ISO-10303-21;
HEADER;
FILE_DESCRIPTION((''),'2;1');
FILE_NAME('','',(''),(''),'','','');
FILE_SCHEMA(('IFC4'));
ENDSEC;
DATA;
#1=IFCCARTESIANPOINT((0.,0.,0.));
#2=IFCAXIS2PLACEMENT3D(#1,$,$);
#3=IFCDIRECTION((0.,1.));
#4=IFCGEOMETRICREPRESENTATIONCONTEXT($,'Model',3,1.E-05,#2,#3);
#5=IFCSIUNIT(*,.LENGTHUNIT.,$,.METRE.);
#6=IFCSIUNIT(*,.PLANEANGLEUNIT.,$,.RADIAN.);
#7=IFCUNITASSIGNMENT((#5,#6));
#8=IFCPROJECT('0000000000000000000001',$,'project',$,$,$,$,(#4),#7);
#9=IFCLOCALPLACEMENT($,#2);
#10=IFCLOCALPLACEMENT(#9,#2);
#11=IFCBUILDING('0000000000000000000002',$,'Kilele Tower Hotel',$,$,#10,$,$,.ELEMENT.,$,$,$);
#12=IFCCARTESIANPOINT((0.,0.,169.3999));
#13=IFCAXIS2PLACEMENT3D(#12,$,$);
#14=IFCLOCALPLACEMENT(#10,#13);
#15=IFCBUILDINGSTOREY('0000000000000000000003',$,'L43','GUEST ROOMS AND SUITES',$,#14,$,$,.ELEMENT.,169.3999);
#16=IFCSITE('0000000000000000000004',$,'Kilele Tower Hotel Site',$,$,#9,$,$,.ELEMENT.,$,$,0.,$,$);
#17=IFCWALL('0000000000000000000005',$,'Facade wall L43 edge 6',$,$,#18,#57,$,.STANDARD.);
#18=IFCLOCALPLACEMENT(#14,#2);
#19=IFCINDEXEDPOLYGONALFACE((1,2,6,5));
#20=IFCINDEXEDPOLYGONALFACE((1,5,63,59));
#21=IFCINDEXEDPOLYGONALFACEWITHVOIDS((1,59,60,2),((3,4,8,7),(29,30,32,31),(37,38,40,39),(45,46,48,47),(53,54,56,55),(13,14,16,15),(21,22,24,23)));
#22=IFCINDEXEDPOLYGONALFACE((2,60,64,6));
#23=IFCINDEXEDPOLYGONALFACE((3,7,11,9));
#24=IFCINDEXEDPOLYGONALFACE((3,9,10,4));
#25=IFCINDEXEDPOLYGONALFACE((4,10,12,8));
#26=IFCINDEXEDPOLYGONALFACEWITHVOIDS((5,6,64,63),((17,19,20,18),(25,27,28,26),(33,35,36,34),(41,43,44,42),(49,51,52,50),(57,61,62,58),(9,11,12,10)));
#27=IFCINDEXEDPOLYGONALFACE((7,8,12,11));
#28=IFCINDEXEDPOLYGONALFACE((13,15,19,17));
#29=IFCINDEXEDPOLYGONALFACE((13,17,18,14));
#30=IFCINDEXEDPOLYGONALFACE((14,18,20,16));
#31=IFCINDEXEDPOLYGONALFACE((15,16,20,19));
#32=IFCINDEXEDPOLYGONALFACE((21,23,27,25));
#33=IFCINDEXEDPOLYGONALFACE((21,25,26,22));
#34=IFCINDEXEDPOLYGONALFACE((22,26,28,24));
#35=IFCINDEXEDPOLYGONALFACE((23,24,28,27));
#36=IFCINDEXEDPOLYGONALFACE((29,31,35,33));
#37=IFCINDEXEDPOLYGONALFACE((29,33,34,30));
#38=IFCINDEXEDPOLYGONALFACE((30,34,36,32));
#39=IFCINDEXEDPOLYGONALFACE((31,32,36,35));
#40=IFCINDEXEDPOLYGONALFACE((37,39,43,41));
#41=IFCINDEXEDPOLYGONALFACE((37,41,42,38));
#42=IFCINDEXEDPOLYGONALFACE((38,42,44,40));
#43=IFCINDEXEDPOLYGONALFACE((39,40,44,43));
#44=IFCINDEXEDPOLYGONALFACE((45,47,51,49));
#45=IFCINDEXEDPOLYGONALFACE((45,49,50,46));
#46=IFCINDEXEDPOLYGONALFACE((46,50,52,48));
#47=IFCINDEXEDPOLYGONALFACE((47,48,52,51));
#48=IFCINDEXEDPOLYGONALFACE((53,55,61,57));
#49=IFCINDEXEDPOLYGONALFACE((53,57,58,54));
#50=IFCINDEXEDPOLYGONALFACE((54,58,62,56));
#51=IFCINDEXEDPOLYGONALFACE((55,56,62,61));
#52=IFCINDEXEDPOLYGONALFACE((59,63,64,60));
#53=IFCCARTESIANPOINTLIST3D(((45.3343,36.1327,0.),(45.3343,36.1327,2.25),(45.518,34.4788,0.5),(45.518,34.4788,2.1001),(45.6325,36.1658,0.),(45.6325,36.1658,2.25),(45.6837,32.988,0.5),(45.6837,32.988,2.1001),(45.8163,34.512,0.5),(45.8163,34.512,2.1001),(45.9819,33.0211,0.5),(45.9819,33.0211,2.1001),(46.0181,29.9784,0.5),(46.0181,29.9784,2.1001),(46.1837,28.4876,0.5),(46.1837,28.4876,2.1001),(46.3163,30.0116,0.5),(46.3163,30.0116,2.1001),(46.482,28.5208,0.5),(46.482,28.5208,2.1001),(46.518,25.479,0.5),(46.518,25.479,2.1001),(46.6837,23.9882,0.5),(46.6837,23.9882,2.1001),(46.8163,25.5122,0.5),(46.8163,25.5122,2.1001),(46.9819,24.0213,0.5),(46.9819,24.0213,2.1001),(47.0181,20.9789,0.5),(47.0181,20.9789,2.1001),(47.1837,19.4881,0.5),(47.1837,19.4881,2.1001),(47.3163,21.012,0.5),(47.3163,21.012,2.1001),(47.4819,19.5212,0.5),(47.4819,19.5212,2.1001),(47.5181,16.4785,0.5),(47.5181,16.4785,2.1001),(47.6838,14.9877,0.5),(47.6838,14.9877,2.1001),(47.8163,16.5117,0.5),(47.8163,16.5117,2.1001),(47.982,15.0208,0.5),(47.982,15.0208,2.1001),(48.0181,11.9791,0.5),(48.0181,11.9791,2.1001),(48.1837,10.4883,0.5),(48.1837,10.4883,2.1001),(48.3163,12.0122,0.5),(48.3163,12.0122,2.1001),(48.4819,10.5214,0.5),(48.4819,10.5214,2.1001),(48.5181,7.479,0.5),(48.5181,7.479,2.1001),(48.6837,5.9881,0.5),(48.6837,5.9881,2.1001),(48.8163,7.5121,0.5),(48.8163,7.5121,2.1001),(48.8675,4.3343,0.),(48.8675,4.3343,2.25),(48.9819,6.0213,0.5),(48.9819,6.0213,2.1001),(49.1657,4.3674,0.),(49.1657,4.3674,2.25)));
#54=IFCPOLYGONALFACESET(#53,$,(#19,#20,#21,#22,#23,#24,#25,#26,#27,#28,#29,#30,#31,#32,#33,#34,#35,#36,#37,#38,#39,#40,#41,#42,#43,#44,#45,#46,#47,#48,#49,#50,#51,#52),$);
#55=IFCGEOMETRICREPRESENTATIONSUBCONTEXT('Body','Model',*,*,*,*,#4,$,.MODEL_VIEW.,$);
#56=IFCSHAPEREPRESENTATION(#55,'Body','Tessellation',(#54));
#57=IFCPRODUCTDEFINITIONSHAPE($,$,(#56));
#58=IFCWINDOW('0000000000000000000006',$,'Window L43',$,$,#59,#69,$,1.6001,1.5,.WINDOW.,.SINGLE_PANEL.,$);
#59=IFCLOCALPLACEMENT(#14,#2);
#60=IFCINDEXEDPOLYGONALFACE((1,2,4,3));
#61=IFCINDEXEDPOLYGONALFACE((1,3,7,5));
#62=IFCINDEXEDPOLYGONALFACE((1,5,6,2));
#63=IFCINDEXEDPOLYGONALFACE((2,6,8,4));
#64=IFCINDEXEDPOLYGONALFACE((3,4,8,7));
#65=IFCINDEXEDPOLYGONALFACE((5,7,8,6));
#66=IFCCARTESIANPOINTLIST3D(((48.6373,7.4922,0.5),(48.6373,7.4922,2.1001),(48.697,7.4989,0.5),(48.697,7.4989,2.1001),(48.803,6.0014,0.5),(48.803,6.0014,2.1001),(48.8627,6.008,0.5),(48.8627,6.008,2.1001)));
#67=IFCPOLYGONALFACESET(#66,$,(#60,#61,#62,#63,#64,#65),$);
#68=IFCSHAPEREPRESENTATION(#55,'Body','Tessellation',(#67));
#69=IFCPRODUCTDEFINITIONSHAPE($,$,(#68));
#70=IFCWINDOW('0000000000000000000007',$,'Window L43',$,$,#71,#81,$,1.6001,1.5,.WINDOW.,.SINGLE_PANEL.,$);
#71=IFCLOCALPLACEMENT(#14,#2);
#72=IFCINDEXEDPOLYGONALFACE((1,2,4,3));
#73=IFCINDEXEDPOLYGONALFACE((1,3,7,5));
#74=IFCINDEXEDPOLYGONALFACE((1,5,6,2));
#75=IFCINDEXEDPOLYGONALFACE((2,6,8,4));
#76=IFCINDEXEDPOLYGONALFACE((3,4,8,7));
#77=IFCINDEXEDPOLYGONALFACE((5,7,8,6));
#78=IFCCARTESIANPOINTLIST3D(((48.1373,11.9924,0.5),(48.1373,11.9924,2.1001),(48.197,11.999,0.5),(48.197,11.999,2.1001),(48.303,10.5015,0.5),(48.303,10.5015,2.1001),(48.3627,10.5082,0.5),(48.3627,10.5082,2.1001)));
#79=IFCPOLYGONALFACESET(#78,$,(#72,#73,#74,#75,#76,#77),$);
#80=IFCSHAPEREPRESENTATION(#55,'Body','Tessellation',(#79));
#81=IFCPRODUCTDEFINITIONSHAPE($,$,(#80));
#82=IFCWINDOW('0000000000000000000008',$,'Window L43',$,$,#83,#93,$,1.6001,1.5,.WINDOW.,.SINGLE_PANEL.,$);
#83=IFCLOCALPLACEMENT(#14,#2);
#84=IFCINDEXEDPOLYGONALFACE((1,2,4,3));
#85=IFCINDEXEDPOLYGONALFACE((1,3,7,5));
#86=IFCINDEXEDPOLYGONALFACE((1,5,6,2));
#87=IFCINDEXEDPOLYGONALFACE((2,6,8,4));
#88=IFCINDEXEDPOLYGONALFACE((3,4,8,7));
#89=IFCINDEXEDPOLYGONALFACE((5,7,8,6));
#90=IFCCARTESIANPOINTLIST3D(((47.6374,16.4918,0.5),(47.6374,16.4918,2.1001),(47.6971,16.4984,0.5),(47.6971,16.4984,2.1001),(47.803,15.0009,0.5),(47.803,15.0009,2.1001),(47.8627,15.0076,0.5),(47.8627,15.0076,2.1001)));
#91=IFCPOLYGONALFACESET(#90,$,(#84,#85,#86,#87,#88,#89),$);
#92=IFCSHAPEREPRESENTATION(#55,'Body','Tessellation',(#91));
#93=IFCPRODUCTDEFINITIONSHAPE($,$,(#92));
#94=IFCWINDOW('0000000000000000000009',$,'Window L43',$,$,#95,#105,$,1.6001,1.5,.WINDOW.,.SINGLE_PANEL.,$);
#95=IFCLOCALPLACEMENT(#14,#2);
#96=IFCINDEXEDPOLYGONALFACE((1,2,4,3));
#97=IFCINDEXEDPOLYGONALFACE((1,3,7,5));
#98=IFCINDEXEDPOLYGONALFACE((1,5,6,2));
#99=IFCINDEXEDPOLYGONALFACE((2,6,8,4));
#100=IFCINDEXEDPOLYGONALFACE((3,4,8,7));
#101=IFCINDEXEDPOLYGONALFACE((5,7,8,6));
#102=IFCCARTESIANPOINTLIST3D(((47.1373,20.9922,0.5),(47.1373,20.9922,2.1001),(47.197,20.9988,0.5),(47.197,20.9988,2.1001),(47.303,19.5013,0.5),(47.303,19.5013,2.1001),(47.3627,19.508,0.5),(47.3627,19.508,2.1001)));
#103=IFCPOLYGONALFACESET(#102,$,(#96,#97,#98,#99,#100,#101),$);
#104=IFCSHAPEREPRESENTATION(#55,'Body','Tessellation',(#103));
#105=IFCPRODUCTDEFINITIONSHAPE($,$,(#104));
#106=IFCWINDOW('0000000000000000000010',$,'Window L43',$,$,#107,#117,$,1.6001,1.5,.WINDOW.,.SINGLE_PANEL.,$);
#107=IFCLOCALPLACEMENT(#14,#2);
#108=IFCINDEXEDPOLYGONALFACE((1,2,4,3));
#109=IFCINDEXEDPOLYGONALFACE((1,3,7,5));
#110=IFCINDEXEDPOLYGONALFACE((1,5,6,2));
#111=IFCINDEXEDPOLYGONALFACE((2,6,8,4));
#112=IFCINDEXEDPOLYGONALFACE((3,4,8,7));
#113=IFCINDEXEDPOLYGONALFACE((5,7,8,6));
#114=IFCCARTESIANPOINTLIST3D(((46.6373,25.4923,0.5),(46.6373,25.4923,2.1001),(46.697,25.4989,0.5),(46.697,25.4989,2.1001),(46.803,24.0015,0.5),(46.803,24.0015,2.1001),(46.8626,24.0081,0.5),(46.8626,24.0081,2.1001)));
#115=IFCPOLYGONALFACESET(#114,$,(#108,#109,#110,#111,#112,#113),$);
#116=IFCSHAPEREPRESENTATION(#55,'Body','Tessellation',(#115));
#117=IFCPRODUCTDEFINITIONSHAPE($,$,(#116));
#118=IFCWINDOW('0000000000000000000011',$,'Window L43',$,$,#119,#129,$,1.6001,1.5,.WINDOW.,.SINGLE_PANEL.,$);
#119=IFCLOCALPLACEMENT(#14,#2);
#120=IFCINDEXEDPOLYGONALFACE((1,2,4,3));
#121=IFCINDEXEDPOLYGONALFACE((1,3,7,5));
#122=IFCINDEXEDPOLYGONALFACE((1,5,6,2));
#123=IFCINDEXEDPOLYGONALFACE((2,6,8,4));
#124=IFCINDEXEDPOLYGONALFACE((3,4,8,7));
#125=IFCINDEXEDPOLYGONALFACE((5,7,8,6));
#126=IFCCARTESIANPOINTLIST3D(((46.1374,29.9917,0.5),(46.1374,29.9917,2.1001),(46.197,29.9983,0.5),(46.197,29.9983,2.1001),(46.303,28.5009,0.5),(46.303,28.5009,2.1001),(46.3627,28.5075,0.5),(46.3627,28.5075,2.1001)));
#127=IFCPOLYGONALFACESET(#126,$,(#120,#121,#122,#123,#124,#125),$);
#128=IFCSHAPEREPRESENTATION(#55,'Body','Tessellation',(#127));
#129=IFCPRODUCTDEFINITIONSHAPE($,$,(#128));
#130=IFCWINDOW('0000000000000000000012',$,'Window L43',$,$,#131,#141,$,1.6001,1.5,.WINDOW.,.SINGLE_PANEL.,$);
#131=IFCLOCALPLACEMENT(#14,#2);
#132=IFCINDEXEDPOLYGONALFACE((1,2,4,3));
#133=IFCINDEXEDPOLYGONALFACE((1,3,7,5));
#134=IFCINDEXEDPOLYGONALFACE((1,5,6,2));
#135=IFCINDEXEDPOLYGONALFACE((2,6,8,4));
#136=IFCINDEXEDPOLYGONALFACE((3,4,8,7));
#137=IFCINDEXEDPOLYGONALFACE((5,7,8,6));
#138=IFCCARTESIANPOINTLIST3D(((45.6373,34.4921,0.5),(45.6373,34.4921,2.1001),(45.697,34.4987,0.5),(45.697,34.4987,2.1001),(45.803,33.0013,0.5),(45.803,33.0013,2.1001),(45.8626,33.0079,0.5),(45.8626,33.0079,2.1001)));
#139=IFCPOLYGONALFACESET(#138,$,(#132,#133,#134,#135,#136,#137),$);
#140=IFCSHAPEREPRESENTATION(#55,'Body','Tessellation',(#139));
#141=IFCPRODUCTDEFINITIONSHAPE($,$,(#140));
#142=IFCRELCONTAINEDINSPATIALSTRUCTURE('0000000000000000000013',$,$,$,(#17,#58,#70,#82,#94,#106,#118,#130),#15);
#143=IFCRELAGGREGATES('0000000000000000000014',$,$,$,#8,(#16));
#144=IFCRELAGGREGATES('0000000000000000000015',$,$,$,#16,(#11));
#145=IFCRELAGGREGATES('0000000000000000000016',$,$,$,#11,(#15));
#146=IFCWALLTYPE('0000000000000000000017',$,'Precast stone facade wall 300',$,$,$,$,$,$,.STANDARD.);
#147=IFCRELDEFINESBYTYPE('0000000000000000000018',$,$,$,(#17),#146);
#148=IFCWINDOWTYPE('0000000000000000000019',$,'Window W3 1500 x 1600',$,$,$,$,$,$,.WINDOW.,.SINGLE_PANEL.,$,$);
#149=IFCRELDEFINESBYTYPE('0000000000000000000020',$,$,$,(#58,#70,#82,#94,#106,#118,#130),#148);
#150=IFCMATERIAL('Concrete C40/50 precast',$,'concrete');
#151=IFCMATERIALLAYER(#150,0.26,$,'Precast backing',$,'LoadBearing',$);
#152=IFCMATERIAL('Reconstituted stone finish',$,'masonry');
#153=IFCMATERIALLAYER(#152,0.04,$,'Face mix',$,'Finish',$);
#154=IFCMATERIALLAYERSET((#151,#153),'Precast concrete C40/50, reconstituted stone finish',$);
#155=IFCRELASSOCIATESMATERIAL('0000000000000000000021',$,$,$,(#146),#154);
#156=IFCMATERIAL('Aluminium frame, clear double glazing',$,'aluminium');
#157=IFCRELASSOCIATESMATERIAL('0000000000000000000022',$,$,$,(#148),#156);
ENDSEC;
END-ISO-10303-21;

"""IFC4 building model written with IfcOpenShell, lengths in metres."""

from ifc_helpers import new_model, si_unit, direction, frame, frame_2d, origin, place, context, subcontext, project, spatial, rectangle, extrude, material, layer, layer_set, type_object, element, fill, save


model = new_model("IFC4")

# Units and contexts
model_context = context("Model", 3, precision=1e-05, world=origin(), true_north=direction((0.0, 1.0)))
body_context = subcontext(model_context, "Body", "Model", "MODEL_VIEW")
ifc_project = project(units=[si_unit("LENGTHUNIT", "METRE"), si_unit("PLANEANGLEUNIT", "RADIAN")], contexts=[model_context])

# Site, building, storey
site_placement = place(None, origin())
site = spatial("IfcSite", under=ifc_project, at=site_placement, Name="Kilele Tower Hotel Site", CompositionType="ELEMENT", RefElevation=0.0)
building_placement = place(site_placement, origin())
building = spatial("IfcBuilding", under=site, at=building_placement, Name="Kilele Tower Hotel", CompositionType="ELEMENT")
storey_placement = place(building_placement, frame((0.0, 0.0, 169.3999)))
storey = spatial("IfcBuildingStorey", under=building, at=storey_placement, Name="L43", Description="GUEST ROOMS AND SUITES", CompositionType="ELEMENT", Elevation=169.3999)

# Shared definitions
ifc_material_1 = material(Name="Concrete C40/50 precast", Category="concrete")
ifc_layer_1 = layer(ifc_material_1, 0.26, Name="Precast backing", Category="LoadBearing")
ifc_material_2 = material(Name="Reconstituted stone finish", Category="masonry")
ifc_layer_2 = layer(ifc_material_2, 0.04, Name="Face mix", Category="Finish")
ifc_layer_set_1 = layer_set([ifc_layer_1, ifc_layer_2], Name="Precast concrete C40/50, reconstituted stone finish")
wall_type_1 = type_object("IfcWallType", Name="Precast stone facade wall 300", PredefinedType="STANDARD", material=ifc_layer_set_1)
ifc_material_3 = material(Name="Aluminium frame, clear double glazing", Category="aluminium")
window_type_1 = type_object("IfcWindowType", Name="Window W3 1500 x 1600", PartitioningType="SINGLE_PANEL", PredefinedType="WINDOW", material=ifc_material_3)

# Wall, openings, windows
wall_1_placement = place(storey_placement, frame((49.0166, 4.3508, 0.0), z_axis=(0.0, 0.0, 1.0), x_axis=(-0.110433, 0.993884, 0.0)))
wall_1 = element("IfcWall", 1, at=wall_1_placement, inside=storey, type_object=wall_type_1, Name="Facade wall L43 edge 6", PredefinedType="STANDARD", context=body_context, shape_type="SweptSolid", body=[
    extrude(rectangle(XDim=31.9941, YDim=0.3, at=frame_2d((15.9971, 0.0))), origin(), (0.0, 0.0, 1.0), 2.25),
])
opening_1_placement = place(wall_1_placement, frame((1.6641, 0.0, 0.5)))
opening_1 = element("IfcOpeningElement", 2, at=opening_1_placement, cuts=wall_1, PredefinedType="OPENING", context=body_context, shape_type="SweptSolid", body=[
    extrude(rectangle(XDim=1.5, YDim=1.6001, at=frame_2d((0.75, 0.8))), frame((0.0, 0.1599, 0.0), z_axis=(0.0, -1.0, 0.0), x_axis=(1.0, 0.0, 0.0)), (0.0, 0.0, 1.0), 0.3201),
])
opening_2_placement = place(wall_1_placement, frame((6.1919, 0.0, 0.5)))
opening_2 = element("IfcOpeningElement", 3, at=opening_2_placement, cuts=wall_1, PredefinedType="OPENING", context=body_context, shape_type="SweptSolid", body=[
    extrude(rectangle(XDim=1.5, YDim=1.6001, at=frame_2d((0.75, 0.8))), frame((0.0, 0.1599, 0.0), z_axis=(0.0, -1.0, 0.0), x_axis=(1.0, 0.0, 0.0)), (0.0, 0.0, 1.0), 0.3201),
])
opening_3_placement = place(wall_1_placement, frame((10.719, 0.0, 0.5)))
opening_3 = element("IfcOpeningElement", 4, at=opening_3_placement, cuts=wall_1, PredefinedType="OPENING", context=body_context, shape_type="SweptSolid", body=[
    extrude(rectangle(XDim=1.5, YDim=1.6001, at=frame_2d((0.75, 0.8))), frame((0.0, 0.1599, 0.0), z_axis=(0.0, -1.0, 0.0), x_axis=(1.0, 0.0, 0.0)), (0.0, 0.0, 1.0), 0.3201),
])
opening_4_placement = place(wall_1_placement, frame((15.2471, 0.0, 0.5)))
opening_4 = element("IfcOpeningElement", 5, at=opening_4_placement, cuts=wall_1, PredefinedType="OPENING", context=body_context, shape_type="SweptSolid", body=[
    extrude(rectangle(XDim=1.5, YDim=1.6001, at=frame_2d((0.75, 0.8))), frame((0.0, 0.1599, 0.0), z_axis=(0.0, -1.0, 0.0), x_axis=(1.0, 0.0, 0.0)), (0.0, 0.0, 1.0), 0.3201),
])
opening_5_placement = place(wall_1_placement, frame((19.7749, 0.0, 0.5)))
opening_5 = element("IfcOpeningElement", 6, at=opening_5_placement, cuts=wall_1, PredefinedType="OPENING", context=body_context, shape_type="SweptSolid", body=[
    extrude(rectangle(XDim=1.5, YDim=1.6001, at=frame_2d((0.75, 0.8))), frame((0.0, 0.1599, 0.0), z_axis=(0.0, -1.0, 0.0), x_axis=(1.0, 0.0, 0.0)), (0.0, 0.0, 1.0), 0.3201),
])
opening_6_placement = place(wall_1_placement, frame((24.302, 0.0, 0.5)))
opening_6 = element("IfcOpeningElement", 7, at=opening_6_placement, cuts=wall_1, PredefinedType="OPENING", context=body_context, shape_type="SweptSolid", body=[
    extrude(rectangle(XDim=1.5, YDim=1.6001, at=frame_2d((0.75, 0.8))), frame((0.0, 0.1599, 0.0), z_axis=(0.0, -1.0, 0.0), x_axis=(1.0, 0.0, 0.0)), (0.0, 0.0, 1.0), 0.3201),
])
opening_7_placement = place(wall_1_placement, frame((28.8301, 0.0, 0.5)))
opening_7 = element("IfcOpeningElement", 8, at=opening_7_placement, cuts=wall_1, PredefinedType="OPENING", context=body_context, shape_type="SweptSolid", body=[
    extrude(rectangle(XDim=1.5, YDim=1.6001, at=frame_2d((0.75, 0.8))), frame((0.0, 0.1599, 0.0), z_axis=(0.0, -1.0, 0.0), x_axis=(1.0, 0.0, 0.0)), (0.0, 0.0, 1.0), 0.3201),
])
window_1_placement = place(opening_1_placement, origin())
window_1 = element("IfcWindow", 9, at=window_1_placement, inside=storey, type_object=window_type_1, Name="Window L43", OverallHeight=1.6001, OverallWidth=1.5, PartitioningType="SINGLE_PANEL", PredefinedType="WINDOW", context=body_context, shape_type="SweptSolid", body=[
    extrude(rectangle(XDim=1.5, YDim=1.6001, at=frame_2d((0.75, 0.8))), frame((0.0, 0.03, 0.0), z_axis=(0.0, -1.0, 0.0), x_axis=(1.0, 0.0, 0.0)), (0.0, 0.0, 1.0), 0.0601),
])
fill(opening_1, window_1)
window_2_placement = place(opening_2_placement, origin())
window_2 = element("IfcWindow", 10, at=window_2_placement, inside=storey, type_object=window_type_1, Name="Window L43", OverallHeight=1.6001, OverallWidth=1.5, PartitioningType="SINGLE_PANEL", PredefinedType="WINDOW", context=body_context, shape_type="SweptSolid", body=[
    extrude(rectangle(XDim=1.5, YDim=1.6001, at=frame_2d((0.75, 0.8))), frame((0.0, 0.03, 0.0), z_axis=(0.0, -1.0, 0.0), x_axis=(1.0, 0.0, 0.0)), (0.0, 0.0, 1.0), 0.0601),
])
fill(opening_2, window_2)
window_3_placement = place(opening_3_placement, origin())
window_3 = element("IfcWindow", 11, at=window_3_placement, inside=storey, type_object=window_type_1, Name="Window L43", OverallHeight=1.6001, OverallWidth=1.5, PartitioningType="SINGLE_PANEL", PredefinedType="WINDOW", context=body_context, shape_type="SweptSolid", body=[
    extrude(rectangle(XDim=1.5, YDim=1.6001, at=frame_2d((0.75, 0.8))), frame((0.0, 0.03, 0.0), z_axis=(0.0, -1.0, 0.0), x_axis=(1.0, 0.0, 0.0)), (0.0, 0.0, 1.0), 0.0601),
])
fill(opening_3, window_3)
window_4_placement = place(opening_4_placement, origin())
window_4 = element("IfcWindow", 12, at=window_4_placement, inside=storey, type_object=window_type_1, Name="Window L43", OverallHeight=1.6001, OverallWidth=1.5, PartitioningType="SINGLE_PANEL", PredefinedType="WINDOW", context=body_context, shape_type="SweptSolid", body=[
    extrude(rectangle(XDim=1.5, YDim=1.6001, at=frame_2d((0.75, 0.8))), frame((0.0, 0.03, 0.0), z_axis=(0.0, -1.0, 0.0), x_axis=(1.0, 0.0, 0.0)), (0.0, 0.0, 1.0), 0.0601),
])
fill(opening_4, window_4)
window_5_placement = place(opening_5_placement, origin())
window_5 = element("IfcWindow", 13, at=window_5_placement, inside=storey, type_object=window_type_1, Name="Window L43", OverallHeight=1.6001, OverallWidth=1.5, PartitioningType="SINGLE_PANEL", PredefinedType="WINDOW", context=body_context, shape_type="SweptSolid", body=[
    extrude(rectangle(XDim=1.5, YDim=1.6001, at=frame_2d((0.75, 0.8))), frame((0.0, 0.03, 0.0), z_axis=(0.0, -1.0, 0.0), x_axis=(1.0, 0.0, 0.0)), (0.0, 0.0, 1.0), 0.0601),
])
fill(opening_5, window_5)
window_6_placement = place(opening_6_placement, origin())
window_6 = element("IfcWindow", 14, at=window_6_placement, inside=storey, type_object=window_type_1, Name="Window L43", OverallHeight=1.6001, OverallWidth=1.5, PartitioningType="SINGLE_PANEL", PredefinedType="WINDOW", context=body_context, shape_type="SweptSolid", body=[
    extrude(rectangle(XDim=1.5, YDim=1.6001, at=frame_2d((0.75, 0.8))), frame((0.0, 0.03, 0.0), z_axis=(0.0, -1.0, 0.0), x_axis=(1.0, 0.0, 0.0)), (0.0, 0.0, 1.0), 0.0601),
])
fill(opening_6, window_6)
window_7_placement = place(opening_7_placement, origin())
window_7 = element("IfcWindow", 15, at=window_7_placement, inside=storey, type_object=window_type_1, Name="Window L43", OverallHeight=1.6001, OverallWidth=1.5, PartitioningType="SINGLE_PANEL", PredefinedType="WINDOW", context=body_context, shape_type="SweptSolid", body=[
    extrude(rectangle(XDim=1.5, YDim=1.6001, at=frame_2d((0.75, 0.8))), frame((0.0, 0.03, 0.0), z_axis=(0.0, -1.0, 0.0), x_axis=(1.0, 0.0, 0.0)), (0.0, 0.0, 1.0), 0.0601),
])
fill(opening_7, window_7)

save(model, "model.ifc")
